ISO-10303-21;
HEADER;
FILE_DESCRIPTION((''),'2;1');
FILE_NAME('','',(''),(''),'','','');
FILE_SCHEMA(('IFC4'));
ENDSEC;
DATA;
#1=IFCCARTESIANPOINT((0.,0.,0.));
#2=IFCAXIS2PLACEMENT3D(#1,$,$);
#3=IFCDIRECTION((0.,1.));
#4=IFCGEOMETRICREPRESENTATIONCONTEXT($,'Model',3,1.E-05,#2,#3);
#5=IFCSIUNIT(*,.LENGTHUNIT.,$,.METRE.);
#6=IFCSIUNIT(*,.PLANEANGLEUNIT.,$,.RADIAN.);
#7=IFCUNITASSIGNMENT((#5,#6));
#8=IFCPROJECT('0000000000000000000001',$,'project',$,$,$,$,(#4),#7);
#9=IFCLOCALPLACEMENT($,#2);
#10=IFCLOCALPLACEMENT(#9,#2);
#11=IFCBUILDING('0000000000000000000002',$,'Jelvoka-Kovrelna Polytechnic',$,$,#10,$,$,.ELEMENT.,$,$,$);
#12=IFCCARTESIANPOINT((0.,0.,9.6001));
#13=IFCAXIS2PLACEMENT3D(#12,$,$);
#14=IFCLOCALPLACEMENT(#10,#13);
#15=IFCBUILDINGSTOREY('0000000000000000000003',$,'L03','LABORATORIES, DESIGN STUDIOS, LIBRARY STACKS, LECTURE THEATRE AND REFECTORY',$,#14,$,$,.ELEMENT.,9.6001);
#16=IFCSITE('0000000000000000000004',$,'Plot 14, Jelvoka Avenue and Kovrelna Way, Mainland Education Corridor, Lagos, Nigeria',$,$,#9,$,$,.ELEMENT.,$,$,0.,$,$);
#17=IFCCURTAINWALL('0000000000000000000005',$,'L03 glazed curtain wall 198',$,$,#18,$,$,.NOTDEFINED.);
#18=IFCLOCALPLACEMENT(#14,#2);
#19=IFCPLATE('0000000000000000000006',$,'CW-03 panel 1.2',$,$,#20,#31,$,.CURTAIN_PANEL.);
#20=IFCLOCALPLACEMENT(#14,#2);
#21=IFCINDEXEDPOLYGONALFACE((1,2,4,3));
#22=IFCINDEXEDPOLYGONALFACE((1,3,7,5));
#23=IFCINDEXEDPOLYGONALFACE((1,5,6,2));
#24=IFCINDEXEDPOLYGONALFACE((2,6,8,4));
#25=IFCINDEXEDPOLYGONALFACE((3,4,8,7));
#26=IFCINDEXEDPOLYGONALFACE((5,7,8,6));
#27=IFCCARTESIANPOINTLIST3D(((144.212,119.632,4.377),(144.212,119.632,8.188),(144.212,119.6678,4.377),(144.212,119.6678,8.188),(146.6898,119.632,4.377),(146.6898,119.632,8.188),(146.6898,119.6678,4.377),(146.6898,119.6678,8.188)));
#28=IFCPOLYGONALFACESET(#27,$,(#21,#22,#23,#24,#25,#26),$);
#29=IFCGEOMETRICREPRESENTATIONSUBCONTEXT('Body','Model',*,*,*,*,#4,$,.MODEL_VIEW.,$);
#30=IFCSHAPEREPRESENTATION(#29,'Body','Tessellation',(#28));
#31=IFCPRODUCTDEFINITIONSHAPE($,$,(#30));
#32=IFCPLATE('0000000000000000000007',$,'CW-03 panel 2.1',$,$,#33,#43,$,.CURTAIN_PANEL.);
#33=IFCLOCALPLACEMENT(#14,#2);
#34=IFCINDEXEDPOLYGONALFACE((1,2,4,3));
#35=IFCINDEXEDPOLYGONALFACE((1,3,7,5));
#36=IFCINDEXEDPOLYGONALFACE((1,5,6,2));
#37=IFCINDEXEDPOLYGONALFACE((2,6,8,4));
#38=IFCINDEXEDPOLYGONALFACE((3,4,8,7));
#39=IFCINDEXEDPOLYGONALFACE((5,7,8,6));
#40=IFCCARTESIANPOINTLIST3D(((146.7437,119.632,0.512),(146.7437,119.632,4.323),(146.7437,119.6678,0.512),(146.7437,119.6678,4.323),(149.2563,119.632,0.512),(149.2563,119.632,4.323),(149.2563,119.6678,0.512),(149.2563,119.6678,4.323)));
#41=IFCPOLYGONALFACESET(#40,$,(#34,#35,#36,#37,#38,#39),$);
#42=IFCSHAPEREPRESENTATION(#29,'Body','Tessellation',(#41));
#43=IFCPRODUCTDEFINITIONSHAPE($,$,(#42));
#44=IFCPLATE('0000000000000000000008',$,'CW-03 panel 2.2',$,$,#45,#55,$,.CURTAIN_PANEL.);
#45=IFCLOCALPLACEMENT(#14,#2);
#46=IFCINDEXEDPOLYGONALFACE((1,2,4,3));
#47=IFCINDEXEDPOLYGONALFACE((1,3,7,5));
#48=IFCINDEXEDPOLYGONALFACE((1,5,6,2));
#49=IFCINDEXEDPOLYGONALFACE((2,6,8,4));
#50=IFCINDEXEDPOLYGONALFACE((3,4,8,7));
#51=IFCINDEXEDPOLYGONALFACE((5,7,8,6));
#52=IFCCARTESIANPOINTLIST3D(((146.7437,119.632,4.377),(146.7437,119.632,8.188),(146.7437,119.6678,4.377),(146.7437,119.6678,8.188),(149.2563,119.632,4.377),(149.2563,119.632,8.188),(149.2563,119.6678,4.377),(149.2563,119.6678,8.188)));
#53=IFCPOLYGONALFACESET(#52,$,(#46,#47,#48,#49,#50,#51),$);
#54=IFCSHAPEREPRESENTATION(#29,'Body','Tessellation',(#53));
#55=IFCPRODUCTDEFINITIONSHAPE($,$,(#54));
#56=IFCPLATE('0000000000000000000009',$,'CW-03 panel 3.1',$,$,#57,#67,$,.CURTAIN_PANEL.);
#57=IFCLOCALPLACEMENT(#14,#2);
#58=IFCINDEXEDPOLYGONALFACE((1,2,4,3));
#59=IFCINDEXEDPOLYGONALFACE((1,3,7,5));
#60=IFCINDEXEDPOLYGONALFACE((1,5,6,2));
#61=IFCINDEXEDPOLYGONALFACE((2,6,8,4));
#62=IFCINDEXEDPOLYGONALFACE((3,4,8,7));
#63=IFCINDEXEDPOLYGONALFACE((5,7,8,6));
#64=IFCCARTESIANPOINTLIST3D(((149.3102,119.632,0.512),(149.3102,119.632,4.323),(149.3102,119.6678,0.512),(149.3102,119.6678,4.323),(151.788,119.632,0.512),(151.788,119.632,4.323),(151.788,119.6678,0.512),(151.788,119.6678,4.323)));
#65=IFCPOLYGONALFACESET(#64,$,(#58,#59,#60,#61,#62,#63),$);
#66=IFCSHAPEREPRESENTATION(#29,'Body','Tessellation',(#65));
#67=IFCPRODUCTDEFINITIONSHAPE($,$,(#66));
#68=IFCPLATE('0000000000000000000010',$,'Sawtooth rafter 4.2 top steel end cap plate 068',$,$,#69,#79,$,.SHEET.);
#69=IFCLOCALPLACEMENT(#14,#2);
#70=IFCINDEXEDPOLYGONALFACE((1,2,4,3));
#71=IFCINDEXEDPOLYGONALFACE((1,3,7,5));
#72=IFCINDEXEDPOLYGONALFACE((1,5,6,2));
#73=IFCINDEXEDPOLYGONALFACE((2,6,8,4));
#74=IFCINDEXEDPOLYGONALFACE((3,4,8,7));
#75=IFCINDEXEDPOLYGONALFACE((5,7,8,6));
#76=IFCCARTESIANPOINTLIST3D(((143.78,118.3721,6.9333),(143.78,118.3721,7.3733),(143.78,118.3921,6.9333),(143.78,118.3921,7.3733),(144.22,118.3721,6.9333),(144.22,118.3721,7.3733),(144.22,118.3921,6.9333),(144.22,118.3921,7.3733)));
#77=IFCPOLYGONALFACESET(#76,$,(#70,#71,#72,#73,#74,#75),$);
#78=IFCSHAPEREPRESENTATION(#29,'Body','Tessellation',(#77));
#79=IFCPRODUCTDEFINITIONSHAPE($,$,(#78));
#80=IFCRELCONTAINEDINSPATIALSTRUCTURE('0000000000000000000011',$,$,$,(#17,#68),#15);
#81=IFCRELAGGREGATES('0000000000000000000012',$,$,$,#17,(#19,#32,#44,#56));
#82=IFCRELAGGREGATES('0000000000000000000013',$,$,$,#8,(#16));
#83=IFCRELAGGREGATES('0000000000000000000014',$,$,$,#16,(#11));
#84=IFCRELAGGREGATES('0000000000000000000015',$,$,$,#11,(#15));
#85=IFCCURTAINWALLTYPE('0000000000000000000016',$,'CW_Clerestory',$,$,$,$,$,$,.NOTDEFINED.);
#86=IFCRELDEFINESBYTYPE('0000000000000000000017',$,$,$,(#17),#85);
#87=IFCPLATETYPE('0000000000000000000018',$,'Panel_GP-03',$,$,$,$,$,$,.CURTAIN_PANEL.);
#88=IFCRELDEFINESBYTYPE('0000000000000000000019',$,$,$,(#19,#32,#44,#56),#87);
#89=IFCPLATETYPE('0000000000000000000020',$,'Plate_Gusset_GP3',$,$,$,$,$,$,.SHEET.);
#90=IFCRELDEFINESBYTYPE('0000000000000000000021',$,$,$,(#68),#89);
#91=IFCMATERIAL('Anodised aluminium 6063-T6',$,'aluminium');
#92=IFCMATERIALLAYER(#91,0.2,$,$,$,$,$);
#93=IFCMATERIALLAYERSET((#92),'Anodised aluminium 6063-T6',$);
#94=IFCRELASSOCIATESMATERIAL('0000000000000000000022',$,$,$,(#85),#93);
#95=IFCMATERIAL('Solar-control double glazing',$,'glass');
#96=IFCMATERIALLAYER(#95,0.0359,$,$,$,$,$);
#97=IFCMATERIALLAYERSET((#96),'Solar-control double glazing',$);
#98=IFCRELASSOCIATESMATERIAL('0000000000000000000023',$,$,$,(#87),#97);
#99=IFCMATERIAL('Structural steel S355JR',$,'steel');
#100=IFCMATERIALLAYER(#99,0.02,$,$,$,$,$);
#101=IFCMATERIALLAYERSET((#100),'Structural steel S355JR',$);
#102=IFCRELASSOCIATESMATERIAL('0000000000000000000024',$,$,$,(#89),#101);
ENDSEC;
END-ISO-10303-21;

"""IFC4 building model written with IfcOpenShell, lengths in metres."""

from ifc_helpers import new_model, si_unit, direction, frame, origin, origin_2d, place, context, subcontext, project, spatial, rectangle, extrude, material, layer, layer_set, type_object, element, aggregate, save


model = new_model("IFC4")

# Units and contexts
model_context = context("Model", 3, precision=1e-05, world=origin(), true_north=direction((0.0, 1.0)))
body_context = subcontext(model_context, "Body", "Model", "MODEL_VIEW")
ifc_project = project(units=[si_unit("LENGTHUNIT", "METRE"), si_unit("PLANEANGLEUNIT", "RADIAN")], contexts=[model_context])

# Site, building, storey
site_placement = place(None, origin())
site = spatial("IfcSite", under=ifc_project, at=site_placement, Name="Plot 14, Jelvoka Avenue and Kovrelna Way, Mainland Education Corridor, Lagos, Nigeria", CompositionType="ELEMENT", RefElevation=0.0)
building_placement = place(site_placement, origin())
building = spatial("IfcBuilding", under=site, at=building_placement, Name="Jelvoka-Kovrelna Polytechnic", CompositionType="ELEMENT")
storey_placement = place(building_placement, frame((0.0, 0.0, 9.6001)))
storey = spatial("IfcBuildingStorey", under=building, at=storey_placement, Name="L03", Description="LABORATORIES, DESIGN STUDIOS, LIBRARY STACKS, LECTURE THEATRE AND REFECTORY", CompositionType="ELEMENT", Elevation=9.6001)

# Curtain wall
ifc_material_1 = material(Name="Anodised aluminium 6063-T6", Category="aluminium")
ifc_layer_1 = layer(ifc_material_1, 0.2)
ifc_layer_set_1 = layer_set([ifc_layer_1], Name="Anodised aluminium 6063-T6")
curtain_wall_type = type_object("IfcCurtainWallType", Name="CW_Clerestory", PredefinedType="NOTDEFINED", material=ifc_layer_set_1)
curtain_wall_1_placement = place(storey_placement, origin())
curtain_wall_1 = element("IfcCurtainWall", 1, at=curtain_wall_1_placement, inside=storey, type_object=curtain_wall_type, Name="L03 glazed curtain wall 198", PredefinedType="NOTDEFINED")

# Plates
ifc_material_2 = material(Name="Solar-control double glazing", Category="glass")
ifc_layer_2 = layer(ifc_material_2, 0.0359)
ifc_layer_set_2 = layer_set([ifc_layer_2], Name="Solar-control double glazing")
plate_type_1 = type_object("IfcPlateType", Name="Panel_GP-03", PredefinedType="CURTAIN_PANEL", material=ifc_layer_set_2)
plate_1_placement = place(storey_placement, frame((145.4509, 119.6499, 4.377), z_axis=(0.0, 0.0, 1.0), x_axis=(1.0, 0.0, 0.0)))
plate_1 = element("IfcPlate", 2, at=plate_1_placement, type_object=plate_type_1, Name="CW-03 panel 1.2", PredefinedType="CURTAIN_PANEL", context=body_context, shape_type="SweptSolid", body=[
    extrude(rectangle(XDim=2.4778, YDim=0.0359, at=origin_2d()), origin(), (0.0, 0.0, 1.0), 3.811),
])
plate_2_placement = place(storey_placement, frame((148.0, 119.6499, 0.512), z_axis=(0.0, 0.0, 1.0), x_axis=(1.0, 0.0, 0.0)))
plate_2 = element("IfcPlate", 3, at=plate_2_placement, type_object=plate_type_1, Name="CW-03 panel 2.1", PredefinedType="CURTAIN_PANEL", context=body_context, shape_type="SweptSolid", body=[
    extrude(rectangle(XDim=2.5127, YDim=0.0359, at=origin_2d()), origin(), (0.0, 0.0, 1.0), 3.811),
])
plate_3_placement = place(storey_placement, frame((148.0, 119.6499, 4.377), z_axis=(0.0, 0.0, 1.0), x_axis=(1.0, 0.0, 0.0)))
plate_3 = element("IfcPlate", 4, at=plate_3_placement, type_object=plate_type_1, Name="CW-03 panel 2.2", PredefinedType="CURTAIN_PANEL", context=body_context, shape_type="SweptSolid", body=[
    extrude(rectangle(XDim=2.5127, YDim=0.0359, at=origin_2d()), origin(), (0.0, 0.0, 1.0), 3.811),
])
plate_4_placement = place(storey_placement, frame((150.5491, 119.6499, 0.512), z_axis=(0.0, 0.0, 1.0), x_axis=(1.0, 0.0, 0.0)))
plate_4 = element("IfcPlate", 5, at=plate_4_placement, type_object=plate_type_1, Name="CW-03 panel 3.1", PredefinedType="CURTAIN_PANEL", context=body_context, shape_type="SweptSolid", body=[
    extrude(rectangle(XDim=2.4778, YDim=0.0359, at=origin_2d()), origin(), (0.0, 0.0, 1.0), 3.811),
])
aggregate(curtain_wall_1, [plate_1, plate_2, plate_3, plate_4])
ifc_material_3 = material(Name="Structural steel S355JR", Category="steel")
ifc_layer_3 = layer(ifc_material_3, 0.02)
ifc_layer_set_3 = layer_set([ifc_layer_3], Name="Structural steel S355JR")
plate_type_2 = type_object("IfcPlateType", Name="Plate_Gusset_GP3", PredefinedType="SHEET", material=ifc_layer_set_3)
plate_5_placement = place(storey_placement, frame((144.0, 118.3821, 6.9333), z_axis=(0.0, 0.0, 1.0), x_axis=(1.0, 0.0, 0.0)))
element("IfcPlate", 6, at=plate_5_placement, inside=storey, type_object=plate_type_2, Name="Sawtooth rafter 4.2 top steel end cap plate 068", PredefinedType="SHEET", context=body_context, shape_type="SweptSolid", body=[
    extrude(rectangle(XDim=0.4399, YDim=0.02, at=origin_2d()), origin(), (0.0, 0.0, 1.0), 0.4399),
])

save(model, "model.ifc")
